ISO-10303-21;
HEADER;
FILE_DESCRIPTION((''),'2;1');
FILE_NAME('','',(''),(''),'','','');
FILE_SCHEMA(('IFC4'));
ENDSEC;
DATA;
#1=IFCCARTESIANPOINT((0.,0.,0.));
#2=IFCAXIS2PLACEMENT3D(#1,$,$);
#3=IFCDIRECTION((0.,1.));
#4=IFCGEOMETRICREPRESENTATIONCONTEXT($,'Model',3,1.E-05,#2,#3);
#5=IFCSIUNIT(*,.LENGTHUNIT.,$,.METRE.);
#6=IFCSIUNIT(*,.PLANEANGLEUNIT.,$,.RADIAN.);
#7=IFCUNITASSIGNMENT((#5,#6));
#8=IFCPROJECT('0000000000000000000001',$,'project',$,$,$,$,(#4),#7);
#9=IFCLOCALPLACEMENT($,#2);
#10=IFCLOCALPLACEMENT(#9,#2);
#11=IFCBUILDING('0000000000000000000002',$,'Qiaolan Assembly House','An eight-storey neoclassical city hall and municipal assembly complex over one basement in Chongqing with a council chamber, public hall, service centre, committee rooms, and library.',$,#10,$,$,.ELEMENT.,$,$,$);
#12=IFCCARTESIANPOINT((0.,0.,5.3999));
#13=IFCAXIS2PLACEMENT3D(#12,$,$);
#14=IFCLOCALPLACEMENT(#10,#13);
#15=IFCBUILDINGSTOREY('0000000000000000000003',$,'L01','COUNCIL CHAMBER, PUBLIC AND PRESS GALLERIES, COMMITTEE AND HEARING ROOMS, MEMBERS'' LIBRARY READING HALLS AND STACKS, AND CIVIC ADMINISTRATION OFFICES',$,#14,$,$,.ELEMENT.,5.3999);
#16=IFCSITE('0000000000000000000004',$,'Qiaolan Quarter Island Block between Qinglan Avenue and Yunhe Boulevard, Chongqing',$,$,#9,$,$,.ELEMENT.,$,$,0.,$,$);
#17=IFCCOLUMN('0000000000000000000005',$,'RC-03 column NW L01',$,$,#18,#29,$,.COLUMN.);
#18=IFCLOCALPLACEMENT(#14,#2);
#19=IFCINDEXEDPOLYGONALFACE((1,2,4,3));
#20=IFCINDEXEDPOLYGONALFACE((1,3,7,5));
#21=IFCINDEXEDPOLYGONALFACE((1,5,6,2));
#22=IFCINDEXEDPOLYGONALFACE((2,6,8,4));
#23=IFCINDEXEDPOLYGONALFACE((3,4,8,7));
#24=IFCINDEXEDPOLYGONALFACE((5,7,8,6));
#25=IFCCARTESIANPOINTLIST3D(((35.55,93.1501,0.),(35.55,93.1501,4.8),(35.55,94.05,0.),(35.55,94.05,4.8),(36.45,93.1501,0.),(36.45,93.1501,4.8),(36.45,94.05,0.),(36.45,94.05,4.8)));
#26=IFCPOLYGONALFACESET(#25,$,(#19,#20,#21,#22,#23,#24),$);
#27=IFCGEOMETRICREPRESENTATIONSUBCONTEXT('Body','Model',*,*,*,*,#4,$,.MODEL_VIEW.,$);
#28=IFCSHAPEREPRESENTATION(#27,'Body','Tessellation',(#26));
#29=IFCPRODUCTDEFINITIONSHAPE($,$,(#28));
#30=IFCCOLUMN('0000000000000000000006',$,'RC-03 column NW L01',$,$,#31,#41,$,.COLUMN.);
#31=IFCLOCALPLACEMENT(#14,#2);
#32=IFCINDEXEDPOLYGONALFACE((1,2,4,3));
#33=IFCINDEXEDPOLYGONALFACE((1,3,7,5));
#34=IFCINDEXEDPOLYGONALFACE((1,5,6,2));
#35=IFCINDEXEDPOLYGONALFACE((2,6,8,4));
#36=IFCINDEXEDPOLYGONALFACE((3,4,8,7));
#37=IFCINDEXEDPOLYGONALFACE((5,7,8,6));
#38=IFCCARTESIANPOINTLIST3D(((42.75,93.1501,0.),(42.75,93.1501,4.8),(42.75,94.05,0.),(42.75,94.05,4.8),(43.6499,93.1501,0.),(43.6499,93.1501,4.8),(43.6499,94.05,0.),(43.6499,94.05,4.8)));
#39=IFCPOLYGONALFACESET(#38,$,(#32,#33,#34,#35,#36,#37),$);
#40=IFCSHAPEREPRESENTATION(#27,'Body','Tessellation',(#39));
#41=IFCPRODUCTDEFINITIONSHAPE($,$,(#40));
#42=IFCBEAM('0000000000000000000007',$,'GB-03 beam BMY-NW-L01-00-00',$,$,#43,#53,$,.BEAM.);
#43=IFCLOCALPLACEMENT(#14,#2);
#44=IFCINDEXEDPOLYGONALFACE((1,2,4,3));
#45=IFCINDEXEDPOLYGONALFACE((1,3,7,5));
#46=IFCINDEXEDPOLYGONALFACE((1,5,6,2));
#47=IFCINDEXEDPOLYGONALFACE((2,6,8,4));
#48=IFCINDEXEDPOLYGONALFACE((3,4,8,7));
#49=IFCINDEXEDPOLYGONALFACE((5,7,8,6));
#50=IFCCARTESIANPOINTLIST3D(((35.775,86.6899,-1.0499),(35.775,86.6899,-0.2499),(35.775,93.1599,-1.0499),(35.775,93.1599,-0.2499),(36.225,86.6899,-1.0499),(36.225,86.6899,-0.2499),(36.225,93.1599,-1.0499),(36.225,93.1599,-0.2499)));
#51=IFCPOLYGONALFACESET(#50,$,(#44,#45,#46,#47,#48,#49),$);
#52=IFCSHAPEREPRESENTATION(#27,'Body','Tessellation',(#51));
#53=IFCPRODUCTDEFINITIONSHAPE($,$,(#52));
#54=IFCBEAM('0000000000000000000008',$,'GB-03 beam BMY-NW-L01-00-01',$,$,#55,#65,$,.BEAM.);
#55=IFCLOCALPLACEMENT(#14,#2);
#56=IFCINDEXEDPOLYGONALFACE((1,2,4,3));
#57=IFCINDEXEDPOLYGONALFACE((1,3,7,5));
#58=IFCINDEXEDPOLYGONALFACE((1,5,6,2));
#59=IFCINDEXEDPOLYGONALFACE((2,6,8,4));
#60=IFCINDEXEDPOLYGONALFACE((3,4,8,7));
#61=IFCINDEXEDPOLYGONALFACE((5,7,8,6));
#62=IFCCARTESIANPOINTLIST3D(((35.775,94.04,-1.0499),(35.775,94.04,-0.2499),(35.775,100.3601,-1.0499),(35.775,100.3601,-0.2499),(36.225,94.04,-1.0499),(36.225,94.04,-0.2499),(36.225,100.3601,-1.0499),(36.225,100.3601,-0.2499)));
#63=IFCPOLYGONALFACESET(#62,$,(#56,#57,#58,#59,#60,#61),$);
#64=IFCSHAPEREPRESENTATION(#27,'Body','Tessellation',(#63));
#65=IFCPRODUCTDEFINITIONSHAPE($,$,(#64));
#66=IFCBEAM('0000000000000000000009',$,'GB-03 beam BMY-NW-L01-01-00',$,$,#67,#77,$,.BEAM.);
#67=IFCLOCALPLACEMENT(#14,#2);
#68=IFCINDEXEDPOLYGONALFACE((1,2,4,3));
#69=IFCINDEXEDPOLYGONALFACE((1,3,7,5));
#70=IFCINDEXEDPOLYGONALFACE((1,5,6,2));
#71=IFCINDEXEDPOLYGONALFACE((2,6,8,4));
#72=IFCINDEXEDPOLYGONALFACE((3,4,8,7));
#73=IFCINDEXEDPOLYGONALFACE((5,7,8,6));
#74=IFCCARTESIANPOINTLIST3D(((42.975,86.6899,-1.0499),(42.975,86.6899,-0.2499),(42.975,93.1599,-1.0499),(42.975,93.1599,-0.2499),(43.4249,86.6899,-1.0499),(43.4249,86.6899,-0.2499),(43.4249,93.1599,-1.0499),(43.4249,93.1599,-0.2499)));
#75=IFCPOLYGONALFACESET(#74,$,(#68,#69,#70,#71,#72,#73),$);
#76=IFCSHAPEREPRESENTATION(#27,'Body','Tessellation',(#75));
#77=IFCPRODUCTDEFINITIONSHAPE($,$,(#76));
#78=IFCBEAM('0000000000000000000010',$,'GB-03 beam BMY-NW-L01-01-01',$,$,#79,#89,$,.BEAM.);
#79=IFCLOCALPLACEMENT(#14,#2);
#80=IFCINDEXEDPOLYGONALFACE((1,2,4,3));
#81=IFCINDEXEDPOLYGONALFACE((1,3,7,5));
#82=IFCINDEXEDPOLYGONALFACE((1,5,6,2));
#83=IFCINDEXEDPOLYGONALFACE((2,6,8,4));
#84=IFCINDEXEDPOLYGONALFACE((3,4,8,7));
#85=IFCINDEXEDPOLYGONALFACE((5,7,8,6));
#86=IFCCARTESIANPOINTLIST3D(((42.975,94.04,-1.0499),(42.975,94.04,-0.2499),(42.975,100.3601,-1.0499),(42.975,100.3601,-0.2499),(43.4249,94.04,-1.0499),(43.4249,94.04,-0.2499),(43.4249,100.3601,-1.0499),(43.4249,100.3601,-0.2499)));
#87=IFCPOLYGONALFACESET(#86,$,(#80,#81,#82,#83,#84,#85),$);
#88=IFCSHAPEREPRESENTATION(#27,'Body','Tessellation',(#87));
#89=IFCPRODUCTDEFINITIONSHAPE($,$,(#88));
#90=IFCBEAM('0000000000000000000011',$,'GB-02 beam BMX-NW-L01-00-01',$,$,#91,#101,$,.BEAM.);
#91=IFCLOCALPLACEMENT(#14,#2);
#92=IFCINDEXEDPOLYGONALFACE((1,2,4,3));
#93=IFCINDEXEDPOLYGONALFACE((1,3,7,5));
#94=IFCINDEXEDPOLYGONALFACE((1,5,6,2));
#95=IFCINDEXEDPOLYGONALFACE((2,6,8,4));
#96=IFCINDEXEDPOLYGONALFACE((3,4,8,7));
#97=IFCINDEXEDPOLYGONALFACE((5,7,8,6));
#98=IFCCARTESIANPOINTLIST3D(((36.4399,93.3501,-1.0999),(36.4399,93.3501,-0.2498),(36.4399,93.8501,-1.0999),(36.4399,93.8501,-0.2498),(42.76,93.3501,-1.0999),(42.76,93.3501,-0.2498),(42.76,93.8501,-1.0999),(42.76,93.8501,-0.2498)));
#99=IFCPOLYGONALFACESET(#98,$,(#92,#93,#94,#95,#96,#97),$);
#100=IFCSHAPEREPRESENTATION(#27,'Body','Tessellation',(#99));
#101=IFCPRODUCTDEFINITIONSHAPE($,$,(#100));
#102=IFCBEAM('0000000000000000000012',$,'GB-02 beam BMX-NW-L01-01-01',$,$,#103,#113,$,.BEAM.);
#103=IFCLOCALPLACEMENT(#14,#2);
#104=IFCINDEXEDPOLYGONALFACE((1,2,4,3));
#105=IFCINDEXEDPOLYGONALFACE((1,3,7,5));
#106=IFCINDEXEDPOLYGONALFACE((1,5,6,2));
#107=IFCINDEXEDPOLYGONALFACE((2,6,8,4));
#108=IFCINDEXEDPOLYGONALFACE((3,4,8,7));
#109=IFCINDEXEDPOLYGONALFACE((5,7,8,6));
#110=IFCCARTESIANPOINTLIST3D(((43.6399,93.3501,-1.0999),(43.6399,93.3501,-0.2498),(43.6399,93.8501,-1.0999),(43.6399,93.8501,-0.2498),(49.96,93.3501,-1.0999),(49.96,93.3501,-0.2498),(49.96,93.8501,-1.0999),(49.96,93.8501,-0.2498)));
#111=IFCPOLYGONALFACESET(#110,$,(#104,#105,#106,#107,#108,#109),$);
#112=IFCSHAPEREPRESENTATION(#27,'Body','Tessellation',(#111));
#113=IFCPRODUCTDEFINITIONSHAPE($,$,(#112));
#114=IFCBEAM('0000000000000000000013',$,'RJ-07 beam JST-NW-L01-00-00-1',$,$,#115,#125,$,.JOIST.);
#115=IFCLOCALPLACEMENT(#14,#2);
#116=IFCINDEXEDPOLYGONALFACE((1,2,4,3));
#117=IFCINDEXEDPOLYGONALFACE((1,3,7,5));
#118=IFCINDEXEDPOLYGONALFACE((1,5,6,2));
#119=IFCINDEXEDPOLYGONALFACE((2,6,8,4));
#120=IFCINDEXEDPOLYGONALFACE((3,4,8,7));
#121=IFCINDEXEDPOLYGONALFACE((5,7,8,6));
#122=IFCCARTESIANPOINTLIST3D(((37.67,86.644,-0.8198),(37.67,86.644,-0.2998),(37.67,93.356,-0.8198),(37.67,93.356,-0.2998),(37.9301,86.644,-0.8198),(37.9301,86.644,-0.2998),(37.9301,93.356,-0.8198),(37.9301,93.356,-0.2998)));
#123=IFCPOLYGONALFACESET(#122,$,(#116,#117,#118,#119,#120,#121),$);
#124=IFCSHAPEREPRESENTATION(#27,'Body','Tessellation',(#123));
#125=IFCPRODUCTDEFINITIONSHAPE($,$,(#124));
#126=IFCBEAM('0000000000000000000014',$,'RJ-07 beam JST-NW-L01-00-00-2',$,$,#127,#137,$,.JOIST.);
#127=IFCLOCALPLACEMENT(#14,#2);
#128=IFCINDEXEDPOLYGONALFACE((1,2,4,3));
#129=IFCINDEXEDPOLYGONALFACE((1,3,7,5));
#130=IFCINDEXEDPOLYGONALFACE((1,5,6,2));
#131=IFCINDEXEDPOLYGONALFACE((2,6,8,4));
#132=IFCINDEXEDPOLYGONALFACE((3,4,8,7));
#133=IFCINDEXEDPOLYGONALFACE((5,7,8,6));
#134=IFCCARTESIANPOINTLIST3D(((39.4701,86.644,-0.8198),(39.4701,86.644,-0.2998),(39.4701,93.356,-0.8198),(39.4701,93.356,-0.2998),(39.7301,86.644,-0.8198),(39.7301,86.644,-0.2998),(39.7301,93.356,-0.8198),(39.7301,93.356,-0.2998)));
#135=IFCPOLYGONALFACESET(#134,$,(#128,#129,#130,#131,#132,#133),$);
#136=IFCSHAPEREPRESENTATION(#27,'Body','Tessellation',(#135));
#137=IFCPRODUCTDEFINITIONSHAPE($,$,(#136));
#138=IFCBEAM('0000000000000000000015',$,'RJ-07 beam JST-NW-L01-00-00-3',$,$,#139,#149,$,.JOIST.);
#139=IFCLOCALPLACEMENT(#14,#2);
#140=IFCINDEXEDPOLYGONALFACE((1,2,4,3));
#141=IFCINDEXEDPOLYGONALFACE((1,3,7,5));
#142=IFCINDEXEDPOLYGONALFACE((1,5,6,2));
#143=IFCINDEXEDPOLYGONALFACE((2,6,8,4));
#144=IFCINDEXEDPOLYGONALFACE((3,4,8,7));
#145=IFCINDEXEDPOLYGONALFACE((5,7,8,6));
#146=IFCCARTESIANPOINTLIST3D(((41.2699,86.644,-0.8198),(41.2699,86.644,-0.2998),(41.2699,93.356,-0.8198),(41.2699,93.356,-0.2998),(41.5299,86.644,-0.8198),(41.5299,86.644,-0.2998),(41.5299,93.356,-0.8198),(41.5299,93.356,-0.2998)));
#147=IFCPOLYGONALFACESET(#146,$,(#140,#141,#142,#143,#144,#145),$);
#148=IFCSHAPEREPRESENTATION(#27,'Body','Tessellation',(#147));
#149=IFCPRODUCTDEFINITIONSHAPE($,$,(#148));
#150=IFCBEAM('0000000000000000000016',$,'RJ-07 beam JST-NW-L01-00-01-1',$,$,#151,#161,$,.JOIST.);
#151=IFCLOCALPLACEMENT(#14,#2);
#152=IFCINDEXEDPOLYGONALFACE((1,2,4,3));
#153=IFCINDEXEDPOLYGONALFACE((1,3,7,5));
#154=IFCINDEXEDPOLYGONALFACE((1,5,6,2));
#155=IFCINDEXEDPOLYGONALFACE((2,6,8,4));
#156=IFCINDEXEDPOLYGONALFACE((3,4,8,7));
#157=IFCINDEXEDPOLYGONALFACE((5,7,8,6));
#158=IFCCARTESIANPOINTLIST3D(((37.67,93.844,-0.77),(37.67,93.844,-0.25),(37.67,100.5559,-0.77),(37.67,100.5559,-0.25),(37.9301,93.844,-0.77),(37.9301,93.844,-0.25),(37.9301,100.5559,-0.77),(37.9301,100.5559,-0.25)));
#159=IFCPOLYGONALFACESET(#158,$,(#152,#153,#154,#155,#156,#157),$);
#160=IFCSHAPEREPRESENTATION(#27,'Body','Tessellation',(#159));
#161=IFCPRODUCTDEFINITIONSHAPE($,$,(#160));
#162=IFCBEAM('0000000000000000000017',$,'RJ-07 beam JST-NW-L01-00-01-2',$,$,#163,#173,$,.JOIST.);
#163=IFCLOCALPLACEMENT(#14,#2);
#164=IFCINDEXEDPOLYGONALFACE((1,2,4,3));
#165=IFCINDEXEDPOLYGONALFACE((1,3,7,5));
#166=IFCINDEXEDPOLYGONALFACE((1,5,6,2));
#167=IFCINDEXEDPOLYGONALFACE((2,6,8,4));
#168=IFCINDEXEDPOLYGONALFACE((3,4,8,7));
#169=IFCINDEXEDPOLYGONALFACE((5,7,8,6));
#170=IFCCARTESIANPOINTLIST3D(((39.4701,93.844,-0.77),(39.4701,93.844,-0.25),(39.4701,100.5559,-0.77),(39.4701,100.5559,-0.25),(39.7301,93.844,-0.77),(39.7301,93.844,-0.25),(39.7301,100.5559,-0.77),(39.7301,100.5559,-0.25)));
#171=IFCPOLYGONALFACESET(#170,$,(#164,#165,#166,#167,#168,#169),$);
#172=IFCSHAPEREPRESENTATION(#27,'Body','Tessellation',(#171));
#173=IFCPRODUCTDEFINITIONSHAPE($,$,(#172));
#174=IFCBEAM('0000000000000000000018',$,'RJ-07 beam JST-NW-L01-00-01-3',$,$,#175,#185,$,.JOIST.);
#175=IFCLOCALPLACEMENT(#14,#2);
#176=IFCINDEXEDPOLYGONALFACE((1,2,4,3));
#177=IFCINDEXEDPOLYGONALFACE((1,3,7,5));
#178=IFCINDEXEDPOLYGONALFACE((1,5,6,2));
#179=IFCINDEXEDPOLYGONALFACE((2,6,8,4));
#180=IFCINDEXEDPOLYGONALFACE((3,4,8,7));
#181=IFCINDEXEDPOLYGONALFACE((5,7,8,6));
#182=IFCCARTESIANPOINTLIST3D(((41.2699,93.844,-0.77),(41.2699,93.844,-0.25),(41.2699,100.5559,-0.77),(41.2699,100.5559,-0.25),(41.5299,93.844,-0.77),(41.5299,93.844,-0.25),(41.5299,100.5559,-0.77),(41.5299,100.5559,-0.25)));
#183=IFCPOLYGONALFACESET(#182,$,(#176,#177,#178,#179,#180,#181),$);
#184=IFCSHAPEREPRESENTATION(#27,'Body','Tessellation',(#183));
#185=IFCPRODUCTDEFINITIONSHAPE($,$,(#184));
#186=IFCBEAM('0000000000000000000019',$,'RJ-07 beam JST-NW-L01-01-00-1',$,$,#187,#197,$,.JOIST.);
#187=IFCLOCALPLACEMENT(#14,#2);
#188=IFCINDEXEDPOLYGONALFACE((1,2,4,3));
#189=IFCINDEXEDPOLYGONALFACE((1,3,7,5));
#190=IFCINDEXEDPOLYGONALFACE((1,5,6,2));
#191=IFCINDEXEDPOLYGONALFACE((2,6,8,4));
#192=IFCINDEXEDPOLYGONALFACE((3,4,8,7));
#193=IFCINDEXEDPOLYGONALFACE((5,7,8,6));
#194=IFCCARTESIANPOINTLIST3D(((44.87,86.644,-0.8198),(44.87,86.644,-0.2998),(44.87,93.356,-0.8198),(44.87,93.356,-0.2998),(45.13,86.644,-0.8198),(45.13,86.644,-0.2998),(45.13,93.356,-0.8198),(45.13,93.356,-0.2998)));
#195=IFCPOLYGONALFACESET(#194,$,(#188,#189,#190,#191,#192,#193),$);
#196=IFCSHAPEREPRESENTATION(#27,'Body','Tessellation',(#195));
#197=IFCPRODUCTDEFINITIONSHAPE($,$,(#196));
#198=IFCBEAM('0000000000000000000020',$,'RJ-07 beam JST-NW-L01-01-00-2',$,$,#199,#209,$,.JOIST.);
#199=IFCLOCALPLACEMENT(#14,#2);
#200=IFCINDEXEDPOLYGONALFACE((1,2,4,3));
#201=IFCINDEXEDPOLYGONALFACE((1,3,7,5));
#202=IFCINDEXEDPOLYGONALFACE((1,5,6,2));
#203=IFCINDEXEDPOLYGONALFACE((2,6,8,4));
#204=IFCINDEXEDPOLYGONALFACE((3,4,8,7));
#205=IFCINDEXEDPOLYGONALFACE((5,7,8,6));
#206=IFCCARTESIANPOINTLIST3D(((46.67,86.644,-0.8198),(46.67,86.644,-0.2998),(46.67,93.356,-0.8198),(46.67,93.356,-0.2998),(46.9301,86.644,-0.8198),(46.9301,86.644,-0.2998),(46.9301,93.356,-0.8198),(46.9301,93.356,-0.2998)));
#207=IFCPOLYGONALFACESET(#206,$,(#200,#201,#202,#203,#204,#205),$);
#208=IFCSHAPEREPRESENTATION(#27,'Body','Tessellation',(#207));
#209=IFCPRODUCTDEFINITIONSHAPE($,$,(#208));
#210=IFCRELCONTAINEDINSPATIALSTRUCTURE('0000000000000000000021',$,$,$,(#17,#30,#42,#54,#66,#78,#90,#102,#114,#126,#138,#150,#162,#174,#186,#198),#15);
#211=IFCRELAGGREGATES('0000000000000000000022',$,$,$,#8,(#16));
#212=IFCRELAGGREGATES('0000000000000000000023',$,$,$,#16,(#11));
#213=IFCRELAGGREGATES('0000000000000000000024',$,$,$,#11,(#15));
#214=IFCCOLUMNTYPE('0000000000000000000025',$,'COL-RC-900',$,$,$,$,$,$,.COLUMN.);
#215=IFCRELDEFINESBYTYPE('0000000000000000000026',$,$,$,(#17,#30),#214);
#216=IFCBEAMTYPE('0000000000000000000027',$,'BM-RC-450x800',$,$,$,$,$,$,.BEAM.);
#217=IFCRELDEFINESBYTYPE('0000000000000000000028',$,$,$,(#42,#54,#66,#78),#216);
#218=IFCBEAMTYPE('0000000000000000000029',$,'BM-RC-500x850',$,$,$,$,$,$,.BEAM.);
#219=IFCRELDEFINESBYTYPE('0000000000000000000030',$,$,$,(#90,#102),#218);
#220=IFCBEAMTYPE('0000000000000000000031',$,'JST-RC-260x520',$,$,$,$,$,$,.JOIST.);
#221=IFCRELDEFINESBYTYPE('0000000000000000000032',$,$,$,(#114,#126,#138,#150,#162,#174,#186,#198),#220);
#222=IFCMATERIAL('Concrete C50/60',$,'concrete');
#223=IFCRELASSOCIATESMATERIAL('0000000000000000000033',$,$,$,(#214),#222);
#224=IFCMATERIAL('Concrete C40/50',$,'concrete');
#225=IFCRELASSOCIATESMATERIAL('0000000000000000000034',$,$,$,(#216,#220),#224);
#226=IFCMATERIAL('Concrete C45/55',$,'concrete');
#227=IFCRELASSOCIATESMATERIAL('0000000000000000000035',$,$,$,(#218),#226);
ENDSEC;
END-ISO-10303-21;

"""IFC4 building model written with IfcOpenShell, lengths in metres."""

from ifc_helpers import new_model, si_unit, direction, frame, origin, origin_2d, place, context, subcontext, project, spatial, rectangle, extrude, material, material_profile, profile_set, type_object, element, save


model = new_model("IFC4")

# Units and contexts
model_context = context("Model", 3, precision=1e-05, world=origin(), true_north=direction((0.0, 1.0)))
body_context = subcontext(model_context, "Body", "Model", "MODEL_VIEW")
ifc_project = project(units=[si_unit("LENGTHUNIT", "METRE"), si_unit("PLANEANGLEUNIT", "RADIAN")], contexts=[model_context])

# Site, building, storey
site_placement = place(None, origin())
site = spatial("IfcSite", under=ifc_project, at=site_placement, Name="Qiaolan Quarter Island Block between Qinglan Avenue and Yunhe Boulevard, Chongqing", CompositionType="ELEMENT", RefElevation=0.0)
building_placement = place(site_placement, origin())
building = spatial("IfcBuilding", under=site, at=building_placement, Name="Qiaolan Assembly House", Description="An eight-storey neoclassical city hall and municipal assembly complex over one basement in Chongqing with a council chamber, public hall, service centre, committee rooms, and library.", CompositionType="ELEMENT")
storey_placement = place(building_placement, frame((0.0, 0.0, 5.3999)))
storey = spatial("IfcBuildingStorey", under=building, at=storey_placement, Name="L01", Description="COUNCIL CHAMBER, PUBLIC AND PRESS GALLERIES, COMMITTEE AND HEARING ROOMS, MEMBERS' LIBRARY READING HALLS AND STACKS, AND CIVIC ADMINISTRATION OFFICES", CompositionType="ELEMENT", Elevation=5.3999)

# Columns
ifc_material_1 = material(Name="Concrete C50/60", Category="concrete")
ifc_material_profile_1 = material_profile(ifc_material_1, rectangle(XDim=0.8999, YDim=0.8999, at=origin_2d()), Name="RC 900x900")
ifc_profile_set_1 = profile_set([ifc_material_profile_1], Name="Concrete C50/60")
column_type = type_object("IfcColumnType", Name="COL-RC-900", PredefinedType="COLUMN", material=ifc_profile_set_1)
for number, where, z_axis, x_axis, name in (
    (1, (36.0, 93.6001, 0.0), (0.0, 0.0, 1.0), (1.0, 0.0, 0.0), "RC-03 column NW L01"),
    (2, (43.2, 93.6001, 0.0), (0.0, 0.0, 1.0), (1.0, 0.0, 0.0), "RC-03 column NW L01"),
):
    element("IfcColumn", number, at=place(storey_placement, frame(where, z_axis=z_axis, x_axis=x_axis)), inside=storey, type_object=column_type, Name=name, PredefinedType="COLUMN", context=body_context, shape_type="SweptSolid", body=[
        extrude(rectangle(XDim=0.8999, YDim=0.8999, at=origin_2d()), origin(), (0.0, 0.0, 1.0), 4.8),
    ])

# Beams
ifc_material_2 = material(Name="Concrete C40/50", Category="concrete")
ifc_material_profile_2 = material_profile(ifc_material_2, rectangle(XDim=0.45, YDim=0.8, at=origin_2d()), Name="RCB 450x800")
ifc_profile_set_2 = profile_set([ifc_material_profile_2], Name="Concrete C40/50")
beam_type_1 = type_object("IfcBeamType", Name="BM-RC-450x800", PredefinedType="BEAM", material=ifc_profile_set_2)
beam_1_placement = place(storey_placement, frame((36.0, 86.6899, -0.6499), z_axis=(0.0, 1.0, 0.0), x_axis=(-1.0, 0.0, 0.0)))
element("IfcBeam", 3, at=beam_1_placement, inside=storey, type_object=beam_type_1, Name="GB-03 beam BMY-NW-L01-00-00", PredefinedType="BEAM", context=body_context, shape_type="SweptSolid", body=[
    extrude(rectangle(XDim=0.45, YDim=0.8, at=origin_2d()), origin(), (0.0, 0.0, 1.0), 6.47),
])
beam_2_placement = place(storey_placement, frame((36.0, 94.04, -0.6499), z_axis=(0.0, 1.0, 0.0), x_axis=(-1.0, 0.0, 0.0)))
element("IfcBeam", 4, at=beam_2_placement, inside=storey, type_object=beam_type_1, Name="GB-03 beam BMY-NW-L01-00-01", PredefinedType="BEAM", context=body_context, shape_type="SweptSolid", body=[
    extrude(rectangle(XDim=0.45, YDim=0.8, at=origin_2d()), origin(), (0.0, 0.0, 1.0), 6.3201),
])
beam_3_placement = place(storey_placement, frame((43.2, 86.6899, -0.6499), z_axis=(0.0, 1.0, 0.0), x_axis=(-1.0, 0.0, 0.0)))
element("IfcBeam", 5, at=beam_3_placement, inside=storey, type_object=beam_type_1, Name="GB-03 beam BMY-NW-L01-01-00", PredefinedType="BEAM", context=body_context, shape_type="SweptSolid", body=[
    extrude(rectangle(XDim=0.45, YDim=0.8, at=origin_2d()), origin(), (0.0, 0.0, 1.0), 6.47),
])
beam_4_placement = place(storey_placement, frame((43.2, 94.04, -0.6499), z_axis=(0.0, 1.0, 0.0), x_axis=(-1.0, 0.0, 0.0)))
element("IfcBeam", 6, at=beam_4_placement, inside=storey, type_object=beam_type_1, Name="GB-03 beam BMY-NW-L01-01-01", PredefinedType="BEAM", context=body_context, shape_type="SweptSolid", body=[
    extrude(rectangle(XDim=0.45, YDim=0.8, at=origin_2d()), origin(), (0.0, 0.0, 1.0), 6.3201),
])
ifc_material_3 = material(Name="Concrete C45/55", Category="concrete")
ifc_material_profile_3 = material_profile(ifc_material_3, rectangle(XDim=0.5, YDim=0.8501, at=origin_2d()), Name="RCB 500x850")
ifc_profile_set_3 = profile_set([ifc_material_profile_3], Name="Concrete C45/55")
beam_type_2 = type_object("IfcBeamType", Name="BM-RC-500x850", PredefinedType="BEAM", material=ifc_profile_set_3)
for number, where, z_axis, x_axis, name in (
    (7, (36.4399, 93.6001, -0.6748), (1.0, 0.0, 0.0), (0.0, 1.0, 0.0), "GB-02 beam BMX-NW-L01-00-01"),
    (8, (43.6399, 93.6001, -0.6748), (1.0, 0.0, 0.0), (0.0, 1.0, 0.0), "GB-02 beam BMX-NW-L01-01-01"),
):
    element("IfcBeam", number, at=place(storey_placement, frame(where, z_axis=z_axis, x_axis=x_axis)), inside=storey, type_object=beam_type_2, Name=name, PredefinedType="BEAM", context=body_context, shape_type="SweptSolid", body=[
        extrude(rectangle(XDim=0.5, YDim=0.8501, at=origin_2d()), origin(), (0.0, 0.0, 1.0), 6.3201),
    ])
ifc_material_profile_4 = material_profile(ifc_material_2, rectangle(XDim=0.26, YDim=0.52, at=origin_2d()), Name="RCB 260x520")
ifc_profile_set_4 = profile_set([ifc_material_profile_4], Name="Concrete C40/50")
beam_type_3 = type_object("IfcBeamType", Name="JST-RC-260x520", PredefinedType="JOIST", material=ifc_profile_set_4)
for number, where, z_axis, x_axis, name in (
    (9, (37.8, 86.644, -0.5598), (0.0, 1.0, 0.0), (-1.0, 0.0, 0.0), "RJ-07 beam JST-NW-L01-00-00-1"),
    (10, (39.6001, 86.644, -0.5598), (0.0, 1.0, 0.0), (-1.0, 0.0, 0.0), "RJ-07 beam JST-NW-L01-00-00-2"),
    (11, (41.3999, 86.644, -0.5598), (0.0, 1.0, 0.0), (-1.0, 0.0, 0.0), "RJ-07 beam JST-NW-L01-00-00-3"),
    (12, (37.8, 93.844, -0.51), (0.0, 1.0, 0.0), (-1.0, 0.0, 0.0), "RJ-07 beam JST-NW-L01-00-01-1"),
    (13, (39.6001, 93.844, -0.51), (0.0, 1.0, 0.0), (-1.0, 0.0, 0.0), "RJ-07 beam JST-NW-L01-00-01-2"),
    (14, (41.3999, 93.844, -0.51), (0.0, 1.0, 0.0), (-1.0, 0.0, 0.0), "RJ-07 beam JST-NW-L01-00-01-3"),
    (15, (45.0, 86.644, -0.5598), (0.0, 1.0, 0.0), (-1.0, 0.0, 0.0), "RJ-07 beam JST-NW-L01-01-00-1"),
    (16, (46.8, 86.644, -0.5598), (0.0, 1.0, 0.0), (-1.0, 0.0, 0.0), "RJ-07 beam JST-NW-L01-01-00-2"),
):
    element("IfcBeam", number, at=place(storey_placement, frame(where, z_axis=z_axis, x_axis=x_axis)), inside=storey, type_object=beam_type_3, Name=name, PredefinedType="JOIST", context=body_context, shape_type="SweptSolid", body=[
        extrude(rectangle(XDim=0.26, YDim=0.52, at=origin_2d()), origin(), (0.0, 0.0, 1.0), 6.7119),
    ])

save(model, "model.ifc")
